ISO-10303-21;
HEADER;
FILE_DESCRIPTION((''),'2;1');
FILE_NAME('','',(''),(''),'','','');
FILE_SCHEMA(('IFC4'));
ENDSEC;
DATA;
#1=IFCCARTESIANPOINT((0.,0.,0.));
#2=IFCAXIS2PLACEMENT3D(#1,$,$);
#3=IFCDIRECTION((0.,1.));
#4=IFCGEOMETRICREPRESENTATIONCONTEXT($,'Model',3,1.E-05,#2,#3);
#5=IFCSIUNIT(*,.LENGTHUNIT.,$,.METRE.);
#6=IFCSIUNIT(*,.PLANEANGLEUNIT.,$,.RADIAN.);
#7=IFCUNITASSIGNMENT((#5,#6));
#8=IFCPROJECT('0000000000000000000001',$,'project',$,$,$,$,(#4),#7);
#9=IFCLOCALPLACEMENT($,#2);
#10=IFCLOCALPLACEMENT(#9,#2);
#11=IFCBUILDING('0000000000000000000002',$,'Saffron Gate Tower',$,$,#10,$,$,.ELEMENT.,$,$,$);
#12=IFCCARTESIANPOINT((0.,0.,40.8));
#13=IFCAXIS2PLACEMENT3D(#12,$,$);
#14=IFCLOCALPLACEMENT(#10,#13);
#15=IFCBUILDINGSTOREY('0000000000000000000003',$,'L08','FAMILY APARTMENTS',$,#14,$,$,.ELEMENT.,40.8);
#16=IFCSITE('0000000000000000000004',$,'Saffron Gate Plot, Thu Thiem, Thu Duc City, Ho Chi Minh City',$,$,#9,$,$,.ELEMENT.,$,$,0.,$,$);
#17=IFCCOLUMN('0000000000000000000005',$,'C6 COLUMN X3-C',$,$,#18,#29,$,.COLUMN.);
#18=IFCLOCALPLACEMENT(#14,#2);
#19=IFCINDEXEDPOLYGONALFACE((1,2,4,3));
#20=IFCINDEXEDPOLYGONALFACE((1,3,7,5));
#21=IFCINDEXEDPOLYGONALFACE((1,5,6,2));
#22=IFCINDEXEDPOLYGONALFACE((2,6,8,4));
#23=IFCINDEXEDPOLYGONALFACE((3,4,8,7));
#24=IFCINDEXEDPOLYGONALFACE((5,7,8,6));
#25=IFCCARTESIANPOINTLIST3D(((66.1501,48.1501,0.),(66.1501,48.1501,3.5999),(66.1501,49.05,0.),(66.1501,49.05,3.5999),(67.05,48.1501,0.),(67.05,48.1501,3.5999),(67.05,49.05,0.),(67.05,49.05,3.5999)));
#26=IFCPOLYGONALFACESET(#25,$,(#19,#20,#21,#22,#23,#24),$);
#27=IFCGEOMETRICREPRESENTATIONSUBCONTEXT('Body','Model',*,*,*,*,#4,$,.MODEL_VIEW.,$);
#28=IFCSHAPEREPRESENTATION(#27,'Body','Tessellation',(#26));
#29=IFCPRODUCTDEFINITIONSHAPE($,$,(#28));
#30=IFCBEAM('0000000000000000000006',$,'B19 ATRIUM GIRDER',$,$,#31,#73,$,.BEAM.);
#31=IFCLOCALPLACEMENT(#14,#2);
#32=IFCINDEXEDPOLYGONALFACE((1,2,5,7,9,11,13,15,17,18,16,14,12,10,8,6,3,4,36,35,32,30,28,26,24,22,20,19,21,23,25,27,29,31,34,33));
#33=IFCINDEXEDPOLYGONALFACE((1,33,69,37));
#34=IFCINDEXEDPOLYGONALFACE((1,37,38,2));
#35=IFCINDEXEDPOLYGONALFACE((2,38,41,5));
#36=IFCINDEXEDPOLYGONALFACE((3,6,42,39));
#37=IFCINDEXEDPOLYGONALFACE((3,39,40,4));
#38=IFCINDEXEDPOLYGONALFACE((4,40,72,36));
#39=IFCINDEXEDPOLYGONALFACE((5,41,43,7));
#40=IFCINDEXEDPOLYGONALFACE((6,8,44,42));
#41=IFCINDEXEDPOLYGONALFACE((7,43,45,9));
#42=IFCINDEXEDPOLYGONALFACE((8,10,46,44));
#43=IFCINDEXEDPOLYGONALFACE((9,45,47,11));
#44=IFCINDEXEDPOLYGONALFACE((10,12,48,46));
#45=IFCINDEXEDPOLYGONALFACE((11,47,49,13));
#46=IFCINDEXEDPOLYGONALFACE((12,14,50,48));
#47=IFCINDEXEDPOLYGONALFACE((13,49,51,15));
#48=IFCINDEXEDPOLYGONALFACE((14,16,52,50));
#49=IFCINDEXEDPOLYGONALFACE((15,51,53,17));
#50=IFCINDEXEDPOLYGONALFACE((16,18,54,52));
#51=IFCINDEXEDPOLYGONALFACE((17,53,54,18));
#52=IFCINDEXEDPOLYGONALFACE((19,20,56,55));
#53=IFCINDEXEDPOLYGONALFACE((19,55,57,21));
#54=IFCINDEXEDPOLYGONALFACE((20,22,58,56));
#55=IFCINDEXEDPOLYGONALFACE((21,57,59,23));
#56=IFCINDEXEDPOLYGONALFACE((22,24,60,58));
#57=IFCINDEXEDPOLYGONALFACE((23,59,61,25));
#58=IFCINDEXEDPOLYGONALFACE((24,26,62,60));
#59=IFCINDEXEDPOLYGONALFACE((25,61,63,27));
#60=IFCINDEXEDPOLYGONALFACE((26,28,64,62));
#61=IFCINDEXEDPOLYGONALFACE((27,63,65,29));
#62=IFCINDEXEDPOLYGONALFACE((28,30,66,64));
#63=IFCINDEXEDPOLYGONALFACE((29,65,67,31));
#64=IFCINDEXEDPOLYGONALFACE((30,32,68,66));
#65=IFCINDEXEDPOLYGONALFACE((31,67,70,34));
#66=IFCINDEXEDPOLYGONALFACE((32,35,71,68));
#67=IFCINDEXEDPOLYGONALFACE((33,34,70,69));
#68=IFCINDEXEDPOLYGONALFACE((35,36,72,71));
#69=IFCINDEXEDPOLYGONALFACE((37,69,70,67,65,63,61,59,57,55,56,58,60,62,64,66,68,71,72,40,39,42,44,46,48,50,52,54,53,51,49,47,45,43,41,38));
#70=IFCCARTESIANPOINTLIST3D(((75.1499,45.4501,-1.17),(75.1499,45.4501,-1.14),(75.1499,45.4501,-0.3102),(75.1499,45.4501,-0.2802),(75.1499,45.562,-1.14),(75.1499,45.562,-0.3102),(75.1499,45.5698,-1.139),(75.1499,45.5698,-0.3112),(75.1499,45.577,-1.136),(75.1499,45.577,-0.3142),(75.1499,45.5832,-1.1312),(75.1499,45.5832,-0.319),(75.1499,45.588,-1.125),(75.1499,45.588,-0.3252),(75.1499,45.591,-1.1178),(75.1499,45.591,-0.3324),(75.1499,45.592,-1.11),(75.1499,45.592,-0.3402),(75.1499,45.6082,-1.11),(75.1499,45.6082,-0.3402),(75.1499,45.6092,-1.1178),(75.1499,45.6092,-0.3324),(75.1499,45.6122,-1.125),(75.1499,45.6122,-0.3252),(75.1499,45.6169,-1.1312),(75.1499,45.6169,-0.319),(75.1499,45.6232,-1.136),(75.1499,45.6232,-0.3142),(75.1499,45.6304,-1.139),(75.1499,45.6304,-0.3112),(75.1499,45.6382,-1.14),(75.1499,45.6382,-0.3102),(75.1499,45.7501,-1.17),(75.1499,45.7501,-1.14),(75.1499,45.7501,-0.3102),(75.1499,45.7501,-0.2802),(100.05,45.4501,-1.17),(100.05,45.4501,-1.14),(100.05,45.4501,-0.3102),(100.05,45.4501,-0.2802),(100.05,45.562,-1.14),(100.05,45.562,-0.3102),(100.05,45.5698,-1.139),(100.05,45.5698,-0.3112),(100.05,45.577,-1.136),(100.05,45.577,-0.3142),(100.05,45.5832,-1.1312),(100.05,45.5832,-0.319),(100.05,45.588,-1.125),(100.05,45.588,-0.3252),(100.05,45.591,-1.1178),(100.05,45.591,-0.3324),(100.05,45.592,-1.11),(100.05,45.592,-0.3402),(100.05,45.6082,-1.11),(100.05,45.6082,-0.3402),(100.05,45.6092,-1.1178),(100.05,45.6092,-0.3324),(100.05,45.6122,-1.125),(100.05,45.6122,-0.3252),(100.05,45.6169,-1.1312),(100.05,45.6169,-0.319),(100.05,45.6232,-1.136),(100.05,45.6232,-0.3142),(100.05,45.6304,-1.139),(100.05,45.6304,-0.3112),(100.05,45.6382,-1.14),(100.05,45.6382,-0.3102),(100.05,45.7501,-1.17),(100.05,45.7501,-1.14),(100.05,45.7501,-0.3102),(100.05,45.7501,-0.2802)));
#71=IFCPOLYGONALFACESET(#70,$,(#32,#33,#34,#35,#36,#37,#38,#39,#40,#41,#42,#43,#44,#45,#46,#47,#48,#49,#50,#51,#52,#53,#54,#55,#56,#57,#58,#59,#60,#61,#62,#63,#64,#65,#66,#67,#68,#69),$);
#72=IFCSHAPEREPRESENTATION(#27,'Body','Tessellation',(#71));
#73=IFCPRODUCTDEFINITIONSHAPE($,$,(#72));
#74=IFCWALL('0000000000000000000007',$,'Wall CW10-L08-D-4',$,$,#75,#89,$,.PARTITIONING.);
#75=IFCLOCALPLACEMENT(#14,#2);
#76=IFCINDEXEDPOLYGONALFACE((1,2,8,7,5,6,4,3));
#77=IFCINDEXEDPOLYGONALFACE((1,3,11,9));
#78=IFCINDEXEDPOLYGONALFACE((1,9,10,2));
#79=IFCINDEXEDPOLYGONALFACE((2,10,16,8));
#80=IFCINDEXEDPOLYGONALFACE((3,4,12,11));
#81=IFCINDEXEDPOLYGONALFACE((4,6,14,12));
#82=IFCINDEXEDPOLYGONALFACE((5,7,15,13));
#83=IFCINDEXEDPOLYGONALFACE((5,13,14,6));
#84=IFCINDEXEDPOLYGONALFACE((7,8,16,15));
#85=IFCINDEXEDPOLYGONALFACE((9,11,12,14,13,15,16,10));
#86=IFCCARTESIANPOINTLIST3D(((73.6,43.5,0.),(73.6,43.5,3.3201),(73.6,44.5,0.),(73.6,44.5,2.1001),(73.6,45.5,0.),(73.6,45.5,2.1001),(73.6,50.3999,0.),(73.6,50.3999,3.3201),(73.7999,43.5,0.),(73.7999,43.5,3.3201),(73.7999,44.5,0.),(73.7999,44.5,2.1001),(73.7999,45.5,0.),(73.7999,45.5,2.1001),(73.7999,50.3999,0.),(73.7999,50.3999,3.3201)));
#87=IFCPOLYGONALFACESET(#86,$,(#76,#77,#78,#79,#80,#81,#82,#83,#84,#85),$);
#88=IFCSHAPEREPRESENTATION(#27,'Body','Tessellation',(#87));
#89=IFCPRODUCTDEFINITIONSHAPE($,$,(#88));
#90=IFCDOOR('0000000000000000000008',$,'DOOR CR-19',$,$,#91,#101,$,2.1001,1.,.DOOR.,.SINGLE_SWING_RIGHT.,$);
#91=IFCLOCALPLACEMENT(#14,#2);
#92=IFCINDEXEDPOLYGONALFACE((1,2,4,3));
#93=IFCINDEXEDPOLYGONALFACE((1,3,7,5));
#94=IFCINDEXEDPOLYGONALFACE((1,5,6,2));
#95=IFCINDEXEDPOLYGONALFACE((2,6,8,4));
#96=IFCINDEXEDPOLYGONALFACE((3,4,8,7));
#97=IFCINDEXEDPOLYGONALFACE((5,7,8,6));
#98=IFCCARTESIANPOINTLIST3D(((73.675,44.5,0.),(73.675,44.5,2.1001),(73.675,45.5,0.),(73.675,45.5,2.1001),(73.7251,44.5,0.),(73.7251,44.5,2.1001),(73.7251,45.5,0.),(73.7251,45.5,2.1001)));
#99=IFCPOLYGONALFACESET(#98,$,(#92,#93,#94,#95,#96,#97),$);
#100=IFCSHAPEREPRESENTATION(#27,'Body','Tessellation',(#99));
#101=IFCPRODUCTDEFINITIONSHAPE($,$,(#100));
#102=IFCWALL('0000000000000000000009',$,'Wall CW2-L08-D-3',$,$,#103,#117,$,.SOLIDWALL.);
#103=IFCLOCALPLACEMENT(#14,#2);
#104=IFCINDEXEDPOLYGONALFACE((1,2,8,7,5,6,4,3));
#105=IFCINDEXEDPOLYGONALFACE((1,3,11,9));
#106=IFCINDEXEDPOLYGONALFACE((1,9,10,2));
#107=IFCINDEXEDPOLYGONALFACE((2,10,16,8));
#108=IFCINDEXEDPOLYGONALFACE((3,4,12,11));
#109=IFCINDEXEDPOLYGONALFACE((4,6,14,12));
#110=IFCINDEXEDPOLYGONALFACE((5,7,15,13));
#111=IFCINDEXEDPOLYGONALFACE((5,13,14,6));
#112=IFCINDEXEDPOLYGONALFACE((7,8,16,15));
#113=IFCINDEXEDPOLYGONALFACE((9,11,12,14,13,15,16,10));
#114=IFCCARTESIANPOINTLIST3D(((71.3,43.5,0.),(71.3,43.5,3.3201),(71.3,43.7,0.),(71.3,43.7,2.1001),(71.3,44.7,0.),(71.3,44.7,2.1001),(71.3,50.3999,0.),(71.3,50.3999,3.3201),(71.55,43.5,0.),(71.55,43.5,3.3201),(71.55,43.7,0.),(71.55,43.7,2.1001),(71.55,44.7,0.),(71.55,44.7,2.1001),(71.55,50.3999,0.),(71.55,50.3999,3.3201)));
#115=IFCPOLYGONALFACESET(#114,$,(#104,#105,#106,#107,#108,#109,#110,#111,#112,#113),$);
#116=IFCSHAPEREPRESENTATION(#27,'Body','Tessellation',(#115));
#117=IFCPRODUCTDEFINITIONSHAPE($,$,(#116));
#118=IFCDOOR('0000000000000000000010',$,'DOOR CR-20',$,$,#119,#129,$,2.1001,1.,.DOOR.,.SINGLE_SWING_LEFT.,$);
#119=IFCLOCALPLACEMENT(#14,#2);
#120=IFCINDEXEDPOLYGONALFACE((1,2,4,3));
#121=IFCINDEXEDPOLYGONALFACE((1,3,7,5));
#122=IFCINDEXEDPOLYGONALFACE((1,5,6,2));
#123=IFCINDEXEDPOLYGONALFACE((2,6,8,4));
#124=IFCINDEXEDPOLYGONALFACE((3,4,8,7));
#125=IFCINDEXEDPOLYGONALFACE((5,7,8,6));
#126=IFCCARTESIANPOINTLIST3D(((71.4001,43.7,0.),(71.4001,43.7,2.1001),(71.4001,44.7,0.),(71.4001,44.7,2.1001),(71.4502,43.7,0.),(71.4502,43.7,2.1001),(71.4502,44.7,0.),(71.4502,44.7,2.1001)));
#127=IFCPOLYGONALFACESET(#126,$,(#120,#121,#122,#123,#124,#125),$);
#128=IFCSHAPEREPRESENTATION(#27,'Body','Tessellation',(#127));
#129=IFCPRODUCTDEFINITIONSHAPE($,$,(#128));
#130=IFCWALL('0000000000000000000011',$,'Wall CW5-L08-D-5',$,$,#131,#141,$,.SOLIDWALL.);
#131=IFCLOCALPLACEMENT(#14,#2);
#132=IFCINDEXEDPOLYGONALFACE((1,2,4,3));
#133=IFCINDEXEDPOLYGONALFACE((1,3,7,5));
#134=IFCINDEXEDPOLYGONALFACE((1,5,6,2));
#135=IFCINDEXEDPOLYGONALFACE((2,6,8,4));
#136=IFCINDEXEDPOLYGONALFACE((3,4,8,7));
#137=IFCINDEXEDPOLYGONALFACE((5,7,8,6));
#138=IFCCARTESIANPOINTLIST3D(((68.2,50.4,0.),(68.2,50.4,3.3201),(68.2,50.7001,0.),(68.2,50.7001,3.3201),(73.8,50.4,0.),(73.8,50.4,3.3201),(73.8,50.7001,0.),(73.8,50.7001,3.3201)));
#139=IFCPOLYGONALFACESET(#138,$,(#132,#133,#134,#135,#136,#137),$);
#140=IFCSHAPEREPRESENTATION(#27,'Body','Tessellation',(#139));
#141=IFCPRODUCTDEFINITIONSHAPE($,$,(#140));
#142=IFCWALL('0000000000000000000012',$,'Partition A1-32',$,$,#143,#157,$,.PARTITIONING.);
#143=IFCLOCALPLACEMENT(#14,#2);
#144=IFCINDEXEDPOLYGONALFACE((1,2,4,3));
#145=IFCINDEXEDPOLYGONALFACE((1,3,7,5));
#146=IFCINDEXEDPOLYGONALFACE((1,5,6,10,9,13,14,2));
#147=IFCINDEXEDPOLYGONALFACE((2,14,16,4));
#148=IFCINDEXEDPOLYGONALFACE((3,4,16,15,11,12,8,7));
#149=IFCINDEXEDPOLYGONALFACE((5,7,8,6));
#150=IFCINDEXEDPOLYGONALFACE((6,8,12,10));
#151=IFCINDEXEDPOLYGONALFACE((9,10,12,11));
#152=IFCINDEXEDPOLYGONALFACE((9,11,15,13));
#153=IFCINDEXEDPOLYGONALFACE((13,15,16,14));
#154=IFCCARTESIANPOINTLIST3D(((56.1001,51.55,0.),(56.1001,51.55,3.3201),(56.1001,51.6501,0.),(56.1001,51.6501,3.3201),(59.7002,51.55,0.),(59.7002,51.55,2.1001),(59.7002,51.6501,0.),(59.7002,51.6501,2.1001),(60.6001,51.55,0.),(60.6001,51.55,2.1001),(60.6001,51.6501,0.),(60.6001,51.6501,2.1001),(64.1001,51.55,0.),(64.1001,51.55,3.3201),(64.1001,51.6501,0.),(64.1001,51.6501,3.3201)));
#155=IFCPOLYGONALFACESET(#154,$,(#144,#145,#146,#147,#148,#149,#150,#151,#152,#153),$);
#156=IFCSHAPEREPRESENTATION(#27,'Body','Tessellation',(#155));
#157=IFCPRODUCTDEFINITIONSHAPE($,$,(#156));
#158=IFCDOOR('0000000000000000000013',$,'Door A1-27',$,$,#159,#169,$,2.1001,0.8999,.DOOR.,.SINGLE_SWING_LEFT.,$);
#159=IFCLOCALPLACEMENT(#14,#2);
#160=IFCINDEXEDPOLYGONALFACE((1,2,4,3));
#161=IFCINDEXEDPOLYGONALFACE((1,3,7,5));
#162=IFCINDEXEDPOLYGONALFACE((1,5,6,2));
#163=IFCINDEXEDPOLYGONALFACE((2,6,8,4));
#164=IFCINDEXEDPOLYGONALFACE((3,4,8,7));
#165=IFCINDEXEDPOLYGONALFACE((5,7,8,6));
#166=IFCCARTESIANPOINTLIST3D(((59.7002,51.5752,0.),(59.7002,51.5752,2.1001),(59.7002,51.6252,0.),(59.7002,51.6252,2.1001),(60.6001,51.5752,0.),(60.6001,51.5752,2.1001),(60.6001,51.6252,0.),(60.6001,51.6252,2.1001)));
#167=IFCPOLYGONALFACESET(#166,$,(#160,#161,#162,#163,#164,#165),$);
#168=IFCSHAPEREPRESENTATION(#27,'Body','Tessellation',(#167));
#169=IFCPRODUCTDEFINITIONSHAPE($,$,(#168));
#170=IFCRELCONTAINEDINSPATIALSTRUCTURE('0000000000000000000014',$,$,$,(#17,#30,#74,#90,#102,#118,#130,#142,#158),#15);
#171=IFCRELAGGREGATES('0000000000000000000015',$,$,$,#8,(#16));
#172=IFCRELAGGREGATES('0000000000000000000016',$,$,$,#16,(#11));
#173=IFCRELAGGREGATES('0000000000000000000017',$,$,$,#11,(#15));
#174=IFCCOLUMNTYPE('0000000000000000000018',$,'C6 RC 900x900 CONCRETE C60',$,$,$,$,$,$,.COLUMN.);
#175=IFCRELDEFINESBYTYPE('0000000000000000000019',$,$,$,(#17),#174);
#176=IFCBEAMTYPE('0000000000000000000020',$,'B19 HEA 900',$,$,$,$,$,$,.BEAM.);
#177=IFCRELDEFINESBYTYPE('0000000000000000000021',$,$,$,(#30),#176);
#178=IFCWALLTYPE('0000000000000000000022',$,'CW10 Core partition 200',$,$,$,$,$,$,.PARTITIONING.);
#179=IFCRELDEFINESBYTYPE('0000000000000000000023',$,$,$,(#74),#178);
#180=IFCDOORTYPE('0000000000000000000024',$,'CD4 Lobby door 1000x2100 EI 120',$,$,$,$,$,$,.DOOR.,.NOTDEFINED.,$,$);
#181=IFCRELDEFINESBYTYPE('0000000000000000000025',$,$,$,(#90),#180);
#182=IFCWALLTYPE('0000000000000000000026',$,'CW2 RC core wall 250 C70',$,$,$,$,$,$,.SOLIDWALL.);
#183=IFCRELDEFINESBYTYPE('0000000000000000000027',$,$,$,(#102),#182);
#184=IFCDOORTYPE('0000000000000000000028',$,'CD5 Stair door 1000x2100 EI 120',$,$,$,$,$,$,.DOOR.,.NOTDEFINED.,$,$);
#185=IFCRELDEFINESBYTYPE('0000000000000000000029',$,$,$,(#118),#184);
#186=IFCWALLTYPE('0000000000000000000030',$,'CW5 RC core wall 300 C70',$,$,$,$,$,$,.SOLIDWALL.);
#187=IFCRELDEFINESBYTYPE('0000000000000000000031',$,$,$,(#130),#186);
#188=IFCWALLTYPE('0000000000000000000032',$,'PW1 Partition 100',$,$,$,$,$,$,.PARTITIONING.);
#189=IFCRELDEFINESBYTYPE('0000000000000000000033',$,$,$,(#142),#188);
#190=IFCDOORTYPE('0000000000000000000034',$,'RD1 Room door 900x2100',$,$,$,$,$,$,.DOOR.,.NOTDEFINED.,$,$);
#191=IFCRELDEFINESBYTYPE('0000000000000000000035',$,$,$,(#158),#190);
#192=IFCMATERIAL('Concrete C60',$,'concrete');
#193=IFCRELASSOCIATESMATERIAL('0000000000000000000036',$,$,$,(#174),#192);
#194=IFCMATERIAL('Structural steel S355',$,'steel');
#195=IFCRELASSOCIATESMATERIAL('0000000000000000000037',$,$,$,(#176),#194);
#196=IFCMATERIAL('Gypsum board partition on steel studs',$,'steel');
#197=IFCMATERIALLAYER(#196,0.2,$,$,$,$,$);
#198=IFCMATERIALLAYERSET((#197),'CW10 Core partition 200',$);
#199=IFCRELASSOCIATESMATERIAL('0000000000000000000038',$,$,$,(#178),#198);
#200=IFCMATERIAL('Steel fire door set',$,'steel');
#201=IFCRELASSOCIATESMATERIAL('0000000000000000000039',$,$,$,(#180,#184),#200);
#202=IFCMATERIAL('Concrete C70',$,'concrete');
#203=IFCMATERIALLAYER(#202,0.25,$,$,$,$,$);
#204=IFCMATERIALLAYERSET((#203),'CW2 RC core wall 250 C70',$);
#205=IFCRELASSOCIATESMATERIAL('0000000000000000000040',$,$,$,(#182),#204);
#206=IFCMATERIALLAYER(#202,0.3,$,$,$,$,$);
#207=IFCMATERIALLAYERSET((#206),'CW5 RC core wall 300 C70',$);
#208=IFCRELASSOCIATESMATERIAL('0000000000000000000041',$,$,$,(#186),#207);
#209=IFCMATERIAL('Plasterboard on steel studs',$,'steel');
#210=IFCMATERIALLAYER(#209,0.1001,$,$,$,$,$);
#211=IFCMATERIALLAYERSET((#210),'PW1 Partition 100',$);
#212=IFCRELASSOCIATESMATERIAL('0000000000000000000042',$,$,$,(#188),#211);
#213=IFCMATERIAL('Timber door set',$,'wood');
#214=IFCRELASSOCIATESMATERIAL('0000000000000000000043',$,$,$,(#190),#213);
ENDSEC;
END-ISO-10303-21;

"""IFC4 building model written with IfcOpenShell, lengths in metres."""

from ifc_helpers import new_model, si_unit, direction, frame, frame_2d, origin, origin_2d, place, context, subcontext, project, spatial, rectangle, i_section, extrude, material, layer, layer_set, material_profile, profile_set, type_object, element, fill, save


model = new_model("IFC4")

# Units and contexts
model_context = context("Model", 3, precision=1e-05, world=origin(), true_north=direction((0.0, 1.0)))
body_context = subcontext(model_context, "Body", "Model", "MODEL_VIEW")
ifc_project = project(units=[si_unit("LENGTHUNIT", "METRE"), si_unit("PLANEANGLEUNIT", "RADIAN")], contexts=[model_context])

# Site, building, storey
site_placement = place(None, origin())
site = spatial("IfcSite", under=ifc_project, at=site_placement, Name="Saffron Gate Plot, Thu Thiem, Thu Duc City, Ho Chi Minh City", CompositionType="ELEMENT", RefElevation=0.0)
building_placement = place(site_placement, origin())
building = spatial("IfcBuilding", under=site, at=building_placement, Name="Saffron Gate Tower", CompositionType="ELEMENT")
storey_placement = place(building_placement, frame((0.0, 0.0, 40.8)))
storey = spatial("IfcBuildingStorey", under=building, at=storey_placement, Name="L08", Description="FAMILY APARTMENTS", CompositionType="ELEMENT", Elevation=40.8)

# Column
ifc_material_1 = material(Name="Concrete C60", Category="concrete")
ifc_material_profile_1 = material_profile(ifc_material_1, rectangle(XDim=0.8999, YDim=0.8999, at=origin_2d()))
ifc_profile_set_1 = profile_set([ifc_material_profile_1], Name="Concrete C60")
column_type = type_object("IfcColumnType", Name="C6 RC 900x900 CONCRETE C60", PredefinedType="COLUMN", material=ifc_profile_set_1)
column_placement = place(storey_placement, frame((66.6001, 48.6001, 0.0), z_axis=(0.0, 0.0, 1.0), x_axis=(1.0, 0.0, 0.0)))
element("IfcColumn", 1, at=column_placement, inside=storey, type_object=column_type, Name="C6 COLUMN X3-C", PredefinedType="COLUMN", context=body_context, shape_type="SweptSolid", body=[
    extrude(rectangle(XDim=0.8999, YDim=0.8999, at=origin_2d()), origin(), (0.0, 0.0, 1.0), 3.5999),
])

# Beam
ifc_material_2 = material(Name="Structural steel S355", Category="steel")
ifc_material_profile_2 = material_profile(ifc_material_2, i_section(OverallWidth=0.3, OverallDepth=0.8899, WebThickness=0.0161, FlangeThickness=0.03, FilletRadius=0.03, at=origin_2d()))
ifc_profile_set_2 = profile_set([ifc_material_profile_2], Name="Structural steel S355")
beam_type = type_object("IfcBeamType", Name="B19 HEA 900", PredefinedType="BEAM", material=ifc_profile_set_2)
beam_placement = place(storey_placement, frame((75.1499, 45.6001, -0.7251), z_axis=(1.0, 0.0, 0.0), x_axis=(0.0, 1.0, 0.0)))
element("IfcBeam", 2, at=beam_placement, inside=storey, type_object=beam_type, Name="B19 ATRIUM GIRDER", PredefinedType="BEAM", context=body_context, shape_type="SweptSolid", body=[
    extrude(i_section(OverallWidth=0.3, OverallDepth=0.8899, WebThickness=0.0161, FlangeThickness=0.03, FilletRadius=0.03, at=origin_2d()), origin(), (0.0, 0.0, 1.0), 24.9001),
])

# Walls, openings, doors
ifc_material_3 = material(Name="Gypsum board partition on steel studs", Category="steel")
ifc_layer_1 = layer(ifc_material_3, 0.2)
ifc_layer_set_1 = layer_set([ifc_layer_1], Name="CW10 Core partition 200")
wall_type_1 = type_object("IfcWallType", Name="CW10 Core partition 200", PredefinedType="PARTITIONING", material=ifc_layer_set_1)
wall_1_placement = place(storey_placement, frame((73.7, 43.5, 0.0), z_axis=(0.0, 0.0, 1.0), x_axis=(0.0, 1.0, 0.0)))
wall_1 = element("IfcWall", 3, at=wall_1_placement, inside=storey, type_object=wall_type_1, Name="Wall CW10-L08-D-4", PredefinedType="PARTITIONING", context=body_context, shape_type="SweptSolid", body=[
    extrude(rectangle(XDim=6.8999, YDim=0.2, at=frame_2d((3.45, 0.0))), origin(), (0.0, 0.0, 1.0), 3.3201),
])
opening_1_placement = place(wall_1_placement, frame((1.0, 0.0, 0.0)))
opening_1 = element("IfcOpeningElement", 4, at=opening_1_placement, cuts=wall_1, PredefinedType="OPENING", context=body_context, shape_type="SweptSolid", body=[
    extrude(rectangle(XDim=1.0, YDim=2.1001, at=frame_2d((0.5, 1.05))), frame((0.0, 0.1099, 0.0), z_axis=(0.0, -1.0, 0.0), x_axis=(1.0, 0.0, 0.0)), (0.0, 0.0, 1.0), 0.22),
])
ifc_material_4 = material(Name="Steel fire door set", Category="steel")
door_type_1 = type_object("IfcDoorType", Name="CD4 Lobby door 1000x2100 EI 120", OperationType="NOTDEFINED", PredefinedType="DOOR", material=ifc_material_4)
door_1_placement = place(opening_1_placement, origin())
door_1 = element("IfcDoor", 5, at=door_1_placement, inside=storey, type_object=door_type_1, Name="DOOR CR-19", OperationType="SINGLE_SWING_RIGHT", OverallHeight=2.1001, OverallWidth=1.0, PredefinedType="DOOR", context=body_context, shape_type="SweptSolid", body=[
    extrude(rectangle(XDim=1.0, YDim=2.1001, at=frame_2d((0.5, 1.05))), frame((0.0, 0.0249, 0.0), z_axis=(0.0, -1.0, 0.0), x_axis=(1.0, 0.0, 0.0)), (0.0, 0.0, 1.0), 0.05),
])
fill(opening_1, door_1)
ifc_material_5 = material(Name="Concrete C70", Category="concrete")
ifc_layer_2 = layer(ifc_material_5, 0.25)
ifc_layer_set_2 = layer_set([ifc_layer_2], Name="CW2 RC core wall 250 C70")
wall_type_2 = type_object("IfcWallType", Name="CW2 RC core wall 250 C70", PredefinedType="SOLIDWALL", material=ifc_layer_set_2)
wall_2_placement = place(storey_placement, frame((71.425, 43.5, 0.0), z_axis=(0.0, 0.0, 1.0), x_axis=(0.0, 1.0, 0.0)))
wall_2 = element("IfcWall", 6, at=wall_2_placement, inside=storey, type_object=wall_type_2, Name="Wall CW2-L08-D-3", PredefinedType="SOLIDWALL", context=body_context, shape_type="SweptSolid", body=[
    extrude(rectangle(XDim=6.8999, YDim=0.25, at=frame_2d((3.45, 0.0))), origin(), (0.0, 0.0, 1.0), 3.3201),
])
opening_2_placement = place(wall_2_placement, frame((0.2, 0.0, 0.0)))
opening_2 = element("IfcOpeningElement", 7, at=opening_2_placement, cuts=wall_2, PredefinedType="OPENING", context=body_context, shape_type="SweptSolid", body=[
    extrude(rectangle(XDim=1.0, YDim=2.1001, at=frame_2d((0.5, 1.05))), frame((0.0, 0.135, 0.0), z_axis=(0.0, -1.0, 0.0), x_axis=(1.0, 0.0, 0.0)), (0.0, 0.0, 1.0), 0.27),
])
door_type_2 = type_object("IfcDoorType", Name="CD5 Stair door 1000x2100 EI 120", OperationType="NOTDEFINED", PredefinedType="DOOR", material=ifc_material_4)
door_2_placement = place(opening_2_placement, origin())
door_2 = element("IfcDoor", 8, at=door_2_placement, inside=storey, type_object=door_type_2, Name="DOOR CR-20", OperationType="SINGLE_SWING_LEFT", OverallHeight=2.1001, OverallWidth=1.0, PredefinedType="DOOR", context=body_context, shape_type="SweptSolid", body=[
    extrude(rectangle(XDim=1.0, YDim=2.1001, at=frame_2d((0.5, 1.05))), frame((0.0, 0.0249, 0.0), z_axis=(0.0, -1.0, 0.0), x_axis=(1.0, 0.0, 0.0)), (0.0, 0.0, 1.0), 0.05),
])
fill(opening_2, door_2)

# Wall
ifc_layer_3 = layer(ifc_material_5, 0.3)
ifc_layer_set_3 = layer_set([ifc_layer_3], Name="CW5 RC core wall 300 C70")
wall_type_3 = type_object("IfcWallType", Name="CW5 RC core wall 300 C70", PredefinedType="SOLIDWALL", material=ifc_layer_set_3)
wall_3_placement = place(storey_placement, frame((68.2, 50.55, 0.0), z_axis=(0.0, 0.0, 1.0), x_axis=(1.0, 0.0, 0.0)))
element("IfcWall", 9, at=wall_3_placement, inside=storey, type_object=wall_type_3, Name="Wall CW5-L08-D-5", PredefinedType="SOLIDWALL", context=body_context, shape_type="SweptSolid", body=[
    extrude(rectangle(XDim=5.6001, YDim=0.3, at=frame_2d((2.8, 0.0))), origin(), (0.0, 0.0, 1.0), 3.3201),
])

# Wall, opening, door
ifc_material_6 = material(Name="Plasterboard on steel studs", Category="steel")
ifc_layer_4 = layer(ifc_material_6, 0.1001)
ifc_layer_set_4 = layer_set([ifc_layer_4], Name="PW1 Partition 100")
wall_type_4 = type_object("IfcWallType", Name="PW1 Partition 100", PredefinedType="PARTITIONING", material=ifc_layer_set_4)
wall_4_placement = place(storey_placement, frame((64.1001, 51.6001, 0.0), z_axis=(0.0, 0.0, 1.0), x_axis=(-1.0, 0.0, 0.0)))
wall_4 = element("IfcWall", 10, at=wall_4_placement, inside=storey, type_object=wall_type_4, Name="Partition A1-32", PredefinedType="PARTITIONING", context=body_context, shape_type="SweptSolid", body=[
    extrude(rectangle(XDim=8.0, YDim=0.1001, at=frame_2d((4.0, 0.0))), origin(), (0.0, 0.0, 1.0), 3.3201),
])
opening_3_placement = place(wall_4_placement, frame((3.5, 0.0, 0.0)))
opening_3 = element("IfcOpeningElement", 11, at=opening_3_placement, cuts=wall_4, PredefinedType="OPENING", context=body_context, shape_type="SweptSolid", body=[
    extrude(rectangle(XDim=0.8999, YDim=2.1001, at=frame_2d((0.45, 1.05))), frame((0.0, 0.0601, 0.0), z_axis=(0.0, -1.0, 0.0), x_axis=(1.0, 0.0, 0.0)), (0.0, 0.0, 1.0), 0.1201),
])
ifc_material_7 = material(Name="Timber door set", Category="wood")
door_type_3 = type_object("IfcDoorType", Name="RD1 Room door 900x2100", OperationType="NOTDEFINED", PredefinedType="DOOR", material=ifc_material_7)
door_3_placement = place(opening_3_placement, origin())
door_3 = element("IfcDoor", 12, at=door_3_placement, inside=storey, type_object=door_type_3, Name="Door A1-27", OperationType="SINGLE_SWING_LEFT", OverallHeight=2.1001, OverallWidth=0.8999, PredefinedType="DOOR", context=body_context, shape_type="SweptSolid", body=[
    extrude(rectangle(XDim=0.8999, YDim=2.1001, at=frame_2d((0.45, 1.05))), frame((0.0, 0.0249, 0.0), z_axis=(0.0, -1.0, 0.0), x_axis=(1.0, 0.0, 0.0)), (0.0, 0.0, 1.0), 0.05),
])
fill(opening_3, door_3)

save(model, "model.ifc")
